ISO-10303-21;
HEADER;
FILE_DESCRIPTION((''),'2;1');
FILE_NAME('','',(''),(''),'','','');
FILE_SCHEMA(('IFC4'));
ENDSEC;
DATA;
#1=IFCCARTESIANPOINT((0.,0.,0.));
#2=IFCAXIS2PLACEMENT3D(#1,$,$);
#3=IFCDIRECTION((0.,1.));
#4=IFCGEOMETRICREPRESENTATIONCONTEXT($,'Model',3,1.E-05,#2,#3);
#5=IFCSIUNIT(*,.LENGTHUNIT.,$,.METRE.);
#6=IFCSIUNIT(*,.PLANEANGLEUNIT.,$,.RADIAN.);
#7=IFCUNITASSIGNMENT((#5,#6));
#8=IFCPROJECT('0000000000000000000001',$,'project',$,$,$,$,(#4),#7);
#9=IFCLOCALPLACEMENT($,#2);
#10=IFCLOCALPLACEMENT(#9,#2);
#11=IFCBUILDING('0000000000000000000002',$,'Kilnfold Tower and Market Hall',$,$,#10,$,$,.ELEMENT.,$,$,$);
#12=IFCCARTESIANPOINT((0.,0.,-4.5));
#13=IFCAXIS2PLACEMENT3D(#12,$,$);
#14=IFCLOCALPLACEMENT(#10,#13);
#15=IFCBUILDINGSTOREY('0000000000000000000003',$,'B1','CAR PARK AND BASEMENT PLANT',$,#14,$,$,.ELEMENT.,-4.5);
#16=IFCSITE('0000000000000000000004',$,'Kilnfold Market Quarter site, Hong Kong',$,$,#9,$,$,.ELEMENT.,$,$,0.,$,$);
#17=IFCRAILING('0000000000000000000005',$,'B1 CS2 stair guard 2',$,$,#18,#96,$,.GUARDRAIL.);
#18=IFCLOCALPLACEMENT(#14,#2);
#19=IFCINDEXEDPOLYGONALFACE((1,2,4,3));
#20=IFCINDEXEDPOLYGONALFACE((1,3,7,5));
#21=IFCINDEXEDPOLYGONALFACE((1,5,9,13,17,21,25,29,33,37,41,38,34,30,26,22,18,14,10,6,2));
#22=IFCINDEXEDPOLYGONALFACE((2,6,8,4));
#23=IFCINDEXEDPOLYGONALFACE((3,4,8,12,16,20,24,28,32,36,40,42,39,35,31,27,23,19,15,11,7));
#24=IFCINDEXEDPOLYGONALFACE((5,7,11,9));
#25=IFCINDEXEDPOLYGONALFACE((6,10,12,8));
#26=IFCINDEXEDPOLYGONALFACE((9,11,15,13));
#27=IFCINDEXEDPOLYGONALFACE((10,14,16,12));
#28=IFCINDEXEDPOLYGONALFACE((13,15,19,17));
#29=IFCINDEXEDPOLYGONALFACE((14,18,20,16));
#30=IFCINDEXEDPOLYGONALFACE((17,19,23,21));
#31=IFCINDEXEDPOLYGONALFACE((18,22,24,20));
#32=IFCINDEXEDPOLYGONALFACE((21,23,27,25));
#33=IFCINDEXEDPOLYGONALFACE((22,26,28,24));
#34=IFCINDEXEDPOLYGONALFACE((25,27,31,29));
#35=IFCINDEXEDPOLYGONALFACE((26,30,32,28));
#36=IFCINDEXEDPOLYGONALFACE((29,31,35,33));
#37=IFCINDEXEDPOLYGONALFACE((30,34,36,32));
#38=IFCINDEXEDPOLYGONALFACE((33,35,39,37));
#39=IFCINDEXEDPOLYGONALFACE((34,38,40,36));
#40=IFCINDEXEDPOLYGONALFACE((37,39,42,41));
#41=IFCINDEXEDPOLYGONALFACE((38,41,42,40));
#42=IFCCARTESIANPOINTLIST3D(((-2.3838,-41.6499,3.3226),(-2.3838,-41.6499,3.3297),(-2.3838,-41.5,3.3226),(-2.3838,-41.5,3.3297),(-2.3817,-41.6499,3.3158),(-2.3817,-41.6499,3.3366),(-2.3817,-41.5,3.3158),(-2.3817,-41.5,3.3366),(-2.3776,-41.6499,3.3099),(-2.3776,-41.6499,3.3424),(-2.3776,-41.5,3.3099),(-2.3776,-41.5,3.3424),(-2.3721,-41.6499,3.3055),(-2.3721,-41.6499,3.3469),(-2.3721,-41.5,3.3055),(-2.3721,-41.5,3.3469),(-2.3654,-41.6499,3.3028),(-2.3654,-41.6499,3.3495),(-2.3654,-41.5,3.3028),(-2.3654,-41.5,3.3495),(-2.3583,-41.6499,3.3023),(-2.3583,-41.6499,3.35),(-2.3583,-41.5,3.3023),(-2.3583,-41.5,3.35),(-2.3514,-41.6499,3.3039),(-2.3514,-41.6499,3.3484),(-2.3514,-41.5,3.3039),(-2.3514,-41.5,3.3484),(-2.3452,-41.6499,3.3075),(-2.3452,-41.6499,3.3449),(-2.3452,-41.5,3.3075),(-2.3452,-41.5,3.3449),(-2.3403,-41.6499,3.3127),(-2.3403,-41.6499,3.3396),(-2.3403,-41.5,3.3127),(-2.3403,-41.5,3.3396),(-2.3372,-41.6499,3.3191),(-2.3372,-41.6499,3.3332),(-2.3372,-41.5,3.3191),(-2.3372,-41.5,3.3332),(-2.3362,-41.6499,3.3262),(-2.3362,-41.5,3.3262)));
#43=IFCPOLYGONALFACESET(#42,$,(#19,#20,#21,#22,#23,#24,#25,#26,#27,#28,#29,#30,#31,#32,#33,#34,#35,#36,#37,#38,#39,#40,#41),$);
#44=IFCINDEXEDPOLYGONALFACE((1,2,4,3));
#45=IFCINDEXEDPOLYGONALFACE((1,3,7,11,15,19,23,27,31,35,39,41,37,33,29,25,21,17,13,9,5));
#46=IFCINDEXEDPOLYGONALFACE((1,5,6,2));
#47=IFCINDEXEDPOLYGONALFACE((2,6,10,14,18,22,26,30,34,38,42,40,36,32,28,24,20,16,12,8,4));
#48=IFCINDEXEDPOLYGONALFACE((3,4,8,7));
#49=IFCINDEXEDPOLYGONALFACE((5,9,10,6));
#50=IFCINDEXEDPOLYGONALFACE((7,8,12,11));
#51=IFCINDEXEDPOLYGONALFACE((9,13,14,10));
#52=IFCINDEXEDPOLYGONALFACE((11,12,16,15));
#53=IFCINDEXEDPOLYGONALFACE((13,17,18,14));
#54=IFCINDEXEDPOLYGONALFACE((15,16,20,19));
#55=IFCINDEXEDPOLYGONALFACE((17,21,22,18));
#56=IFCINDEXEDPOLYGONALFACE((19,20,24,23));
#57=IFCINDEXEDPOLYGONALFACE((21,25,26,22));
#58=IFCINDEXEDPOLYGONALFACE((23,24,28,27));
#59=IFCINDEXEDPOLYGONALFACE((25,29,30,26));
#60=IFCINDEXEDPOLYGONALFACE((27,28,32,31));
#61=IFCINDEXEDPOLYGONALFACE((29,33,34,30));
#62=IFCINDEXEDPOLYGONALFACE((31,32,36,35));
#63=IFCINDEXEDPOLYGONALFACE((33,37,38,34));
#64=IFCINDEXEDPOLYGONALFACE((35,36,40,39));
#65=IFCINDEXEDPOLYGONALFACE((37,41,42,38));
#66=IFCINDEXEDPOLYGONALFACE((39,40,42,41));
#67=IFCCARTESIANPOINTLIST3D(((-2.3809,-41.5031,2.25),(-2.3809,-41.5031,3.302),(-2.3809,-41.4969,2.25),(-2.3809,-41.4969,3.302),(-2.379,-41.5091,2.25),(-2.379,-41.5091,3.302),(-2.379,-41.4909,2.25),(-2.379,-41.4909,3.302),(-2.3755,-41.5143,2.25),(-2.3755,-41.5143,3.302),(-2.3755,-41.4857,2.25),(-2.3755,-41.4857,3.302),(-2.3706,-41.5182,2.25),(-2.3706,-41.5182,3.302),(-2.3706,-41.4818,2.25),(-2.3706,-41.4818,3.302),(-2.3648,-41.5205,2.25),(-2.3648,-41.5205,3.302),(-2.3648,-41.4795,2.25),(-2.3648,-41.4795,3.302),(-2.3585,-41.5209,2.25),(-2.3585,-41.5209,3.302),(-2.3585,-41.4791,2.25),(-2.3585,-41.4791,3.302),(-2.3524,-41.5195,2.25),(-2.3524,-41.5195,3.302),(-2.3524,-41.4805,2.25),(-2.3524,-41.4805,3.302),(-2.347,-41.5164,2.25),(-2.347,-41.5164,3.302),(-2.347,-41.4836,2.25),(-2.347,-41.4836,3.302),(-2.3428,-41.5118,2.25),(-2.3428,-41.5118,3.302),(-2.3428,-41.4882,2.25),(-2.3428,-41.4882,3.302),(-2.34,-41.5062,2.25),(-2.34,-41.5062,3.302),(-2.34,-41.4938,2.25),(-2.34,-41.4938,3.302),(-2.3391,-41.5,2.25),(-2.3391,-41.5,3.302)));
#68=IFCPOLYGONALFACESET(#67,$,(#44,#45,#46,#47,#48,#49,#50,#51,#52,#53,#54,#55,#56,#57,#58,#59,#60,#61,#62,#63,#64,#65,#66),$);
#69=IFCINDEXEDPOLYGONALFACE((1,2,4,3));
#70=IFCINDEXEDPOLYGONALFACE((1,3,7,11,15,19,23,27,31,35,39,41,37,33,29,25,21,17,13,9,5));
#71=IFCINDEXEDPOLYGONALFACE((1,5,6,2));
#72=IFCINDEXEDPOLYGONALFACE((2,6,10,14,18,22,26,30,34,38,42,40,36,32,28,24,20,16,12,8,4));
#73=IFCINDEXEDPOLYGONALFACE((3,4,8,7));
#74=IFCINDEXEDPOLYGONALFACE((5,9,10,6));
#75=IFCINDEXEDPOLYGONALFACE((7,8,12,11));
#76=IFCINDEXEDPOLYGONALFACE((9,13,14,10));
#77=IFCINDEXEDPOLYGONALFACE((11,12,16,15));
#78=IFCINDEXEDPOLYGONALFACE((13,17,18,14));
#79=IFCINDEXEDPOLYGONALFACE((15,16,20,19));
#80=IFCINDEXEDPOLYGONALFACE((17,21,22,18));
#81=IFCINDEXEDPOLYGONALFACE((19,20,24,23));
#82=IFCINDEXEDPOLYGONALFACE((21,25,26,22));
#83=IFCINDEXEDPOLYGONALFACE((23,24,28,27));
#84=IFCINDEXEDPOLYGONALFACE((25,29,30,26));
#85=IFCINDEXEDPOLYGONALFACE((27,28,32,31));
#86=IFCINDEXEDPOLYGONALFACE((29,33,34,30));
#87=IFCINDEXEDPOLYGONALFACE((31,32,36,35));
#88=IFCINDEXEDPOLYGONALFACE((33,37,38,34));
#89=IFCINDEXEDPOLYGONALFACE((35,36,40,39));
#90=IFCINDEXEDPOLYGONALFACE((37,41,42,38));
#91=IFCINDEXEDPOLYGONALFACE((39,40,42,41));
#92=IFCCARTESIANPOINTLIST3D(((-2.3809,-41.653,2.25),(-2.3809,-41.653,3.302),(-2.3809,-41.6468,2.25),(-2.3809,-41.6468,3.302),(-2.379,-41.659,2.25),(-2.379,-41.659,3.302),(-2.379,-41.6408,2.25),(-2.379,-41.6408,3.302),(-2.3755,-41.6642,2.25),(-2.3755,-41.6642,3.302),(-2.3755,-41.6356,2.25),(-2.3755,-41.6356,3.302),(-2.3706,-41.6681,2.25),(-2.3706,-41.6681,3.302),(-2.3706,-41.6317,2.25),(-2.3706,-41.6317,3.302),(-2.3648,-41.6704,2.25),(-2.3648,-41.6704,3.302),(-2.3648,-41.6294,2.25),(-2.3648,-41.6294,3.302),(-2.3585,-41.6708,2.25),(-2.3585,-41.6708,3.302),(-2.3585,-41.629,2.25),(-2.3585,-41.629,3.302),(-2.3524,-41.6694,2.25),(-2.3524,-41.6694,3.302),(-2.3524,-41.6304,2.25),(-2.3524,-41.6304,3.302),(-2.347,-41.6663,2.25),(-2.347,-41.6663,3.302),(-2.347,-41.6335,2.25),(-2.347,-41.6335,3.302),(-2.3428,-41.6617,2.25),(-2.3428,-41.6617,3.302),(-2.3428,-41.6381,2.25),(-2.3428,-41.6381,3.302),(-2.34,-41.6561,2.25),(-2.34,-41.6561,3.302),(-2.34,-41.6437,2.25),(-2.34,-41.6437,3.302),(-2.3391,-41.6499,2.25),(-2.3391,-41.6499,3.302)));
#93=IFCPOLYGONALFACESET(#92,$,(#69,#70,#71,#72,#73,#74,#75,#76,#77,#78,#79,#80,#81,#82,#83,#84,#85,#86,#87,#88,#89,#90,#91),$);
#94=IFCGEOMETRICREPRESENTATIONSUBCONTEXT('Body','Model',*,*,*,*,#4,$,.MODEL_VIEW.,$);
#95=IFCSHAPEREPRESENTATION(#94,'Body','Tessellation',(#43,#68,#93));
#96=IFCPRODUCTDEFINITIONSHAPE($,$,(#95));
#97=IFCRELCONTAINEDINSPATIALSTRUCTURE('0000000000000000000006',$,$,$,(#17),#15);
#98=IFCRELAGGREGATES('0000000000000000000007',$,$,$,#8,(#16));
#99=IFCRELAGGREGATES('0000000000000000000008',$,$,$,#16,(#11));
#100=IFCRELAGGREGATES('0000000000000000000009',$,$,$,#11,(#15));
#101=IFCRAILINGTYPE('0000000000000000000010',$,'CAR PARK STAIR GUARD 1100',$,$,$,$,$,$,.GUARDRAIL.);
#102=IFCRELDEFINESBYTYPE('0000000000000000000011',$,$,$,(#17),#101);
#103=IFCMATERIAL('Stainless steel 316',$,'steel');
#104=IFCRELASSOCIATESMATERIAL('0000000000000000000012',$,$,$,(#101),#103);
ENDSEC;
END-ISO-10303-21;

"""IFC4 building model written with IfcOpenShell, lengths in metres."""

from ifc_helpers import new_model, si_unit, direction, frame, origin, origin_2d, place, context, subcontext, project, spatial, circle, extrude, material, type_object, element, save


model = new_model("IFC4")

# Units and contexts
model_context = context("Model", 3, precision=1e-05, world=origin(), true_north=direction((0.0, 1.0)))
body_context = subcontext(model_context, "Body", "Model", "MODEL_VIEW")
ifc_project = project(units=[si_unit("LENGTHUNIT", "METRE"), si_unit("PLANEANGLEUNIT", "RADIAN")], contexts=[model_context])

# Site, building, storey
site_placement = place(None, origin())
site = spatial("IfcSite", under=ifc_project, at=site_placement, Name="Kilnfold Market Quarter site, Hong Kong", CompositionType="ELEMENT", RefElevation=0.0)
building_placement = place(site_placement, origin())
building = spatial("IfcBuilding", under=site, at=building_placement, Name="Kilnfold Tower and Market Hall", CompositionType="ELEMENT")
storey_placement = place(building_placement, frame((0.0, 0.0, -4.5)))
storey = spatial("IfcBuildingStorey", under=building, at=storey_placement, Name="B1", Description="CAR PARK AND BASEMENT PLANT", CompositionType="ELEMENT", Elevation=-4.5)

# Railing
ifc_material_1 = material(Name="Stainless steel 316", Category="steel")
railing_type_1 = type_object("IfcRailingType", Name="CAR PARK STAIR GUARD 1100", PredefinedType="GUARDRAIL", material=ifc_material_1)
railing_1_placement = place(storey_placement, frame((-2.3601, -41.5, 2.25)))
element("IfcRailing", 1, at=railing_1_placement, inside=storey, type_object=railing_type_1, Name="B1 CS2 stair guard 2", PredefinedType="GUARDRAIL", context=body_context, shape_type="SweptSolid", body=[
    extrude(circle(Radius=0.0239, at=origin_2d()), frame((0.0, 0.0, 1.0762), z_axis=(0.0, -1.0, 0.0), x_axis=(1.0, 0.0, 0.0)), (0.0, 0.0, 1.0), 0.1499),
    extrude(circle(Radius=0.021, at=origin_2d()), origin(), (0.0, 0.0, 1.0), 1.052),
    extrude(circle(Radius=0.021, at=origin_2d()), frame((0.0, -0.1499, 0.0)), (0.0, 0.0, 1.0), 1.052),
])

save(model, "model.ifc")
